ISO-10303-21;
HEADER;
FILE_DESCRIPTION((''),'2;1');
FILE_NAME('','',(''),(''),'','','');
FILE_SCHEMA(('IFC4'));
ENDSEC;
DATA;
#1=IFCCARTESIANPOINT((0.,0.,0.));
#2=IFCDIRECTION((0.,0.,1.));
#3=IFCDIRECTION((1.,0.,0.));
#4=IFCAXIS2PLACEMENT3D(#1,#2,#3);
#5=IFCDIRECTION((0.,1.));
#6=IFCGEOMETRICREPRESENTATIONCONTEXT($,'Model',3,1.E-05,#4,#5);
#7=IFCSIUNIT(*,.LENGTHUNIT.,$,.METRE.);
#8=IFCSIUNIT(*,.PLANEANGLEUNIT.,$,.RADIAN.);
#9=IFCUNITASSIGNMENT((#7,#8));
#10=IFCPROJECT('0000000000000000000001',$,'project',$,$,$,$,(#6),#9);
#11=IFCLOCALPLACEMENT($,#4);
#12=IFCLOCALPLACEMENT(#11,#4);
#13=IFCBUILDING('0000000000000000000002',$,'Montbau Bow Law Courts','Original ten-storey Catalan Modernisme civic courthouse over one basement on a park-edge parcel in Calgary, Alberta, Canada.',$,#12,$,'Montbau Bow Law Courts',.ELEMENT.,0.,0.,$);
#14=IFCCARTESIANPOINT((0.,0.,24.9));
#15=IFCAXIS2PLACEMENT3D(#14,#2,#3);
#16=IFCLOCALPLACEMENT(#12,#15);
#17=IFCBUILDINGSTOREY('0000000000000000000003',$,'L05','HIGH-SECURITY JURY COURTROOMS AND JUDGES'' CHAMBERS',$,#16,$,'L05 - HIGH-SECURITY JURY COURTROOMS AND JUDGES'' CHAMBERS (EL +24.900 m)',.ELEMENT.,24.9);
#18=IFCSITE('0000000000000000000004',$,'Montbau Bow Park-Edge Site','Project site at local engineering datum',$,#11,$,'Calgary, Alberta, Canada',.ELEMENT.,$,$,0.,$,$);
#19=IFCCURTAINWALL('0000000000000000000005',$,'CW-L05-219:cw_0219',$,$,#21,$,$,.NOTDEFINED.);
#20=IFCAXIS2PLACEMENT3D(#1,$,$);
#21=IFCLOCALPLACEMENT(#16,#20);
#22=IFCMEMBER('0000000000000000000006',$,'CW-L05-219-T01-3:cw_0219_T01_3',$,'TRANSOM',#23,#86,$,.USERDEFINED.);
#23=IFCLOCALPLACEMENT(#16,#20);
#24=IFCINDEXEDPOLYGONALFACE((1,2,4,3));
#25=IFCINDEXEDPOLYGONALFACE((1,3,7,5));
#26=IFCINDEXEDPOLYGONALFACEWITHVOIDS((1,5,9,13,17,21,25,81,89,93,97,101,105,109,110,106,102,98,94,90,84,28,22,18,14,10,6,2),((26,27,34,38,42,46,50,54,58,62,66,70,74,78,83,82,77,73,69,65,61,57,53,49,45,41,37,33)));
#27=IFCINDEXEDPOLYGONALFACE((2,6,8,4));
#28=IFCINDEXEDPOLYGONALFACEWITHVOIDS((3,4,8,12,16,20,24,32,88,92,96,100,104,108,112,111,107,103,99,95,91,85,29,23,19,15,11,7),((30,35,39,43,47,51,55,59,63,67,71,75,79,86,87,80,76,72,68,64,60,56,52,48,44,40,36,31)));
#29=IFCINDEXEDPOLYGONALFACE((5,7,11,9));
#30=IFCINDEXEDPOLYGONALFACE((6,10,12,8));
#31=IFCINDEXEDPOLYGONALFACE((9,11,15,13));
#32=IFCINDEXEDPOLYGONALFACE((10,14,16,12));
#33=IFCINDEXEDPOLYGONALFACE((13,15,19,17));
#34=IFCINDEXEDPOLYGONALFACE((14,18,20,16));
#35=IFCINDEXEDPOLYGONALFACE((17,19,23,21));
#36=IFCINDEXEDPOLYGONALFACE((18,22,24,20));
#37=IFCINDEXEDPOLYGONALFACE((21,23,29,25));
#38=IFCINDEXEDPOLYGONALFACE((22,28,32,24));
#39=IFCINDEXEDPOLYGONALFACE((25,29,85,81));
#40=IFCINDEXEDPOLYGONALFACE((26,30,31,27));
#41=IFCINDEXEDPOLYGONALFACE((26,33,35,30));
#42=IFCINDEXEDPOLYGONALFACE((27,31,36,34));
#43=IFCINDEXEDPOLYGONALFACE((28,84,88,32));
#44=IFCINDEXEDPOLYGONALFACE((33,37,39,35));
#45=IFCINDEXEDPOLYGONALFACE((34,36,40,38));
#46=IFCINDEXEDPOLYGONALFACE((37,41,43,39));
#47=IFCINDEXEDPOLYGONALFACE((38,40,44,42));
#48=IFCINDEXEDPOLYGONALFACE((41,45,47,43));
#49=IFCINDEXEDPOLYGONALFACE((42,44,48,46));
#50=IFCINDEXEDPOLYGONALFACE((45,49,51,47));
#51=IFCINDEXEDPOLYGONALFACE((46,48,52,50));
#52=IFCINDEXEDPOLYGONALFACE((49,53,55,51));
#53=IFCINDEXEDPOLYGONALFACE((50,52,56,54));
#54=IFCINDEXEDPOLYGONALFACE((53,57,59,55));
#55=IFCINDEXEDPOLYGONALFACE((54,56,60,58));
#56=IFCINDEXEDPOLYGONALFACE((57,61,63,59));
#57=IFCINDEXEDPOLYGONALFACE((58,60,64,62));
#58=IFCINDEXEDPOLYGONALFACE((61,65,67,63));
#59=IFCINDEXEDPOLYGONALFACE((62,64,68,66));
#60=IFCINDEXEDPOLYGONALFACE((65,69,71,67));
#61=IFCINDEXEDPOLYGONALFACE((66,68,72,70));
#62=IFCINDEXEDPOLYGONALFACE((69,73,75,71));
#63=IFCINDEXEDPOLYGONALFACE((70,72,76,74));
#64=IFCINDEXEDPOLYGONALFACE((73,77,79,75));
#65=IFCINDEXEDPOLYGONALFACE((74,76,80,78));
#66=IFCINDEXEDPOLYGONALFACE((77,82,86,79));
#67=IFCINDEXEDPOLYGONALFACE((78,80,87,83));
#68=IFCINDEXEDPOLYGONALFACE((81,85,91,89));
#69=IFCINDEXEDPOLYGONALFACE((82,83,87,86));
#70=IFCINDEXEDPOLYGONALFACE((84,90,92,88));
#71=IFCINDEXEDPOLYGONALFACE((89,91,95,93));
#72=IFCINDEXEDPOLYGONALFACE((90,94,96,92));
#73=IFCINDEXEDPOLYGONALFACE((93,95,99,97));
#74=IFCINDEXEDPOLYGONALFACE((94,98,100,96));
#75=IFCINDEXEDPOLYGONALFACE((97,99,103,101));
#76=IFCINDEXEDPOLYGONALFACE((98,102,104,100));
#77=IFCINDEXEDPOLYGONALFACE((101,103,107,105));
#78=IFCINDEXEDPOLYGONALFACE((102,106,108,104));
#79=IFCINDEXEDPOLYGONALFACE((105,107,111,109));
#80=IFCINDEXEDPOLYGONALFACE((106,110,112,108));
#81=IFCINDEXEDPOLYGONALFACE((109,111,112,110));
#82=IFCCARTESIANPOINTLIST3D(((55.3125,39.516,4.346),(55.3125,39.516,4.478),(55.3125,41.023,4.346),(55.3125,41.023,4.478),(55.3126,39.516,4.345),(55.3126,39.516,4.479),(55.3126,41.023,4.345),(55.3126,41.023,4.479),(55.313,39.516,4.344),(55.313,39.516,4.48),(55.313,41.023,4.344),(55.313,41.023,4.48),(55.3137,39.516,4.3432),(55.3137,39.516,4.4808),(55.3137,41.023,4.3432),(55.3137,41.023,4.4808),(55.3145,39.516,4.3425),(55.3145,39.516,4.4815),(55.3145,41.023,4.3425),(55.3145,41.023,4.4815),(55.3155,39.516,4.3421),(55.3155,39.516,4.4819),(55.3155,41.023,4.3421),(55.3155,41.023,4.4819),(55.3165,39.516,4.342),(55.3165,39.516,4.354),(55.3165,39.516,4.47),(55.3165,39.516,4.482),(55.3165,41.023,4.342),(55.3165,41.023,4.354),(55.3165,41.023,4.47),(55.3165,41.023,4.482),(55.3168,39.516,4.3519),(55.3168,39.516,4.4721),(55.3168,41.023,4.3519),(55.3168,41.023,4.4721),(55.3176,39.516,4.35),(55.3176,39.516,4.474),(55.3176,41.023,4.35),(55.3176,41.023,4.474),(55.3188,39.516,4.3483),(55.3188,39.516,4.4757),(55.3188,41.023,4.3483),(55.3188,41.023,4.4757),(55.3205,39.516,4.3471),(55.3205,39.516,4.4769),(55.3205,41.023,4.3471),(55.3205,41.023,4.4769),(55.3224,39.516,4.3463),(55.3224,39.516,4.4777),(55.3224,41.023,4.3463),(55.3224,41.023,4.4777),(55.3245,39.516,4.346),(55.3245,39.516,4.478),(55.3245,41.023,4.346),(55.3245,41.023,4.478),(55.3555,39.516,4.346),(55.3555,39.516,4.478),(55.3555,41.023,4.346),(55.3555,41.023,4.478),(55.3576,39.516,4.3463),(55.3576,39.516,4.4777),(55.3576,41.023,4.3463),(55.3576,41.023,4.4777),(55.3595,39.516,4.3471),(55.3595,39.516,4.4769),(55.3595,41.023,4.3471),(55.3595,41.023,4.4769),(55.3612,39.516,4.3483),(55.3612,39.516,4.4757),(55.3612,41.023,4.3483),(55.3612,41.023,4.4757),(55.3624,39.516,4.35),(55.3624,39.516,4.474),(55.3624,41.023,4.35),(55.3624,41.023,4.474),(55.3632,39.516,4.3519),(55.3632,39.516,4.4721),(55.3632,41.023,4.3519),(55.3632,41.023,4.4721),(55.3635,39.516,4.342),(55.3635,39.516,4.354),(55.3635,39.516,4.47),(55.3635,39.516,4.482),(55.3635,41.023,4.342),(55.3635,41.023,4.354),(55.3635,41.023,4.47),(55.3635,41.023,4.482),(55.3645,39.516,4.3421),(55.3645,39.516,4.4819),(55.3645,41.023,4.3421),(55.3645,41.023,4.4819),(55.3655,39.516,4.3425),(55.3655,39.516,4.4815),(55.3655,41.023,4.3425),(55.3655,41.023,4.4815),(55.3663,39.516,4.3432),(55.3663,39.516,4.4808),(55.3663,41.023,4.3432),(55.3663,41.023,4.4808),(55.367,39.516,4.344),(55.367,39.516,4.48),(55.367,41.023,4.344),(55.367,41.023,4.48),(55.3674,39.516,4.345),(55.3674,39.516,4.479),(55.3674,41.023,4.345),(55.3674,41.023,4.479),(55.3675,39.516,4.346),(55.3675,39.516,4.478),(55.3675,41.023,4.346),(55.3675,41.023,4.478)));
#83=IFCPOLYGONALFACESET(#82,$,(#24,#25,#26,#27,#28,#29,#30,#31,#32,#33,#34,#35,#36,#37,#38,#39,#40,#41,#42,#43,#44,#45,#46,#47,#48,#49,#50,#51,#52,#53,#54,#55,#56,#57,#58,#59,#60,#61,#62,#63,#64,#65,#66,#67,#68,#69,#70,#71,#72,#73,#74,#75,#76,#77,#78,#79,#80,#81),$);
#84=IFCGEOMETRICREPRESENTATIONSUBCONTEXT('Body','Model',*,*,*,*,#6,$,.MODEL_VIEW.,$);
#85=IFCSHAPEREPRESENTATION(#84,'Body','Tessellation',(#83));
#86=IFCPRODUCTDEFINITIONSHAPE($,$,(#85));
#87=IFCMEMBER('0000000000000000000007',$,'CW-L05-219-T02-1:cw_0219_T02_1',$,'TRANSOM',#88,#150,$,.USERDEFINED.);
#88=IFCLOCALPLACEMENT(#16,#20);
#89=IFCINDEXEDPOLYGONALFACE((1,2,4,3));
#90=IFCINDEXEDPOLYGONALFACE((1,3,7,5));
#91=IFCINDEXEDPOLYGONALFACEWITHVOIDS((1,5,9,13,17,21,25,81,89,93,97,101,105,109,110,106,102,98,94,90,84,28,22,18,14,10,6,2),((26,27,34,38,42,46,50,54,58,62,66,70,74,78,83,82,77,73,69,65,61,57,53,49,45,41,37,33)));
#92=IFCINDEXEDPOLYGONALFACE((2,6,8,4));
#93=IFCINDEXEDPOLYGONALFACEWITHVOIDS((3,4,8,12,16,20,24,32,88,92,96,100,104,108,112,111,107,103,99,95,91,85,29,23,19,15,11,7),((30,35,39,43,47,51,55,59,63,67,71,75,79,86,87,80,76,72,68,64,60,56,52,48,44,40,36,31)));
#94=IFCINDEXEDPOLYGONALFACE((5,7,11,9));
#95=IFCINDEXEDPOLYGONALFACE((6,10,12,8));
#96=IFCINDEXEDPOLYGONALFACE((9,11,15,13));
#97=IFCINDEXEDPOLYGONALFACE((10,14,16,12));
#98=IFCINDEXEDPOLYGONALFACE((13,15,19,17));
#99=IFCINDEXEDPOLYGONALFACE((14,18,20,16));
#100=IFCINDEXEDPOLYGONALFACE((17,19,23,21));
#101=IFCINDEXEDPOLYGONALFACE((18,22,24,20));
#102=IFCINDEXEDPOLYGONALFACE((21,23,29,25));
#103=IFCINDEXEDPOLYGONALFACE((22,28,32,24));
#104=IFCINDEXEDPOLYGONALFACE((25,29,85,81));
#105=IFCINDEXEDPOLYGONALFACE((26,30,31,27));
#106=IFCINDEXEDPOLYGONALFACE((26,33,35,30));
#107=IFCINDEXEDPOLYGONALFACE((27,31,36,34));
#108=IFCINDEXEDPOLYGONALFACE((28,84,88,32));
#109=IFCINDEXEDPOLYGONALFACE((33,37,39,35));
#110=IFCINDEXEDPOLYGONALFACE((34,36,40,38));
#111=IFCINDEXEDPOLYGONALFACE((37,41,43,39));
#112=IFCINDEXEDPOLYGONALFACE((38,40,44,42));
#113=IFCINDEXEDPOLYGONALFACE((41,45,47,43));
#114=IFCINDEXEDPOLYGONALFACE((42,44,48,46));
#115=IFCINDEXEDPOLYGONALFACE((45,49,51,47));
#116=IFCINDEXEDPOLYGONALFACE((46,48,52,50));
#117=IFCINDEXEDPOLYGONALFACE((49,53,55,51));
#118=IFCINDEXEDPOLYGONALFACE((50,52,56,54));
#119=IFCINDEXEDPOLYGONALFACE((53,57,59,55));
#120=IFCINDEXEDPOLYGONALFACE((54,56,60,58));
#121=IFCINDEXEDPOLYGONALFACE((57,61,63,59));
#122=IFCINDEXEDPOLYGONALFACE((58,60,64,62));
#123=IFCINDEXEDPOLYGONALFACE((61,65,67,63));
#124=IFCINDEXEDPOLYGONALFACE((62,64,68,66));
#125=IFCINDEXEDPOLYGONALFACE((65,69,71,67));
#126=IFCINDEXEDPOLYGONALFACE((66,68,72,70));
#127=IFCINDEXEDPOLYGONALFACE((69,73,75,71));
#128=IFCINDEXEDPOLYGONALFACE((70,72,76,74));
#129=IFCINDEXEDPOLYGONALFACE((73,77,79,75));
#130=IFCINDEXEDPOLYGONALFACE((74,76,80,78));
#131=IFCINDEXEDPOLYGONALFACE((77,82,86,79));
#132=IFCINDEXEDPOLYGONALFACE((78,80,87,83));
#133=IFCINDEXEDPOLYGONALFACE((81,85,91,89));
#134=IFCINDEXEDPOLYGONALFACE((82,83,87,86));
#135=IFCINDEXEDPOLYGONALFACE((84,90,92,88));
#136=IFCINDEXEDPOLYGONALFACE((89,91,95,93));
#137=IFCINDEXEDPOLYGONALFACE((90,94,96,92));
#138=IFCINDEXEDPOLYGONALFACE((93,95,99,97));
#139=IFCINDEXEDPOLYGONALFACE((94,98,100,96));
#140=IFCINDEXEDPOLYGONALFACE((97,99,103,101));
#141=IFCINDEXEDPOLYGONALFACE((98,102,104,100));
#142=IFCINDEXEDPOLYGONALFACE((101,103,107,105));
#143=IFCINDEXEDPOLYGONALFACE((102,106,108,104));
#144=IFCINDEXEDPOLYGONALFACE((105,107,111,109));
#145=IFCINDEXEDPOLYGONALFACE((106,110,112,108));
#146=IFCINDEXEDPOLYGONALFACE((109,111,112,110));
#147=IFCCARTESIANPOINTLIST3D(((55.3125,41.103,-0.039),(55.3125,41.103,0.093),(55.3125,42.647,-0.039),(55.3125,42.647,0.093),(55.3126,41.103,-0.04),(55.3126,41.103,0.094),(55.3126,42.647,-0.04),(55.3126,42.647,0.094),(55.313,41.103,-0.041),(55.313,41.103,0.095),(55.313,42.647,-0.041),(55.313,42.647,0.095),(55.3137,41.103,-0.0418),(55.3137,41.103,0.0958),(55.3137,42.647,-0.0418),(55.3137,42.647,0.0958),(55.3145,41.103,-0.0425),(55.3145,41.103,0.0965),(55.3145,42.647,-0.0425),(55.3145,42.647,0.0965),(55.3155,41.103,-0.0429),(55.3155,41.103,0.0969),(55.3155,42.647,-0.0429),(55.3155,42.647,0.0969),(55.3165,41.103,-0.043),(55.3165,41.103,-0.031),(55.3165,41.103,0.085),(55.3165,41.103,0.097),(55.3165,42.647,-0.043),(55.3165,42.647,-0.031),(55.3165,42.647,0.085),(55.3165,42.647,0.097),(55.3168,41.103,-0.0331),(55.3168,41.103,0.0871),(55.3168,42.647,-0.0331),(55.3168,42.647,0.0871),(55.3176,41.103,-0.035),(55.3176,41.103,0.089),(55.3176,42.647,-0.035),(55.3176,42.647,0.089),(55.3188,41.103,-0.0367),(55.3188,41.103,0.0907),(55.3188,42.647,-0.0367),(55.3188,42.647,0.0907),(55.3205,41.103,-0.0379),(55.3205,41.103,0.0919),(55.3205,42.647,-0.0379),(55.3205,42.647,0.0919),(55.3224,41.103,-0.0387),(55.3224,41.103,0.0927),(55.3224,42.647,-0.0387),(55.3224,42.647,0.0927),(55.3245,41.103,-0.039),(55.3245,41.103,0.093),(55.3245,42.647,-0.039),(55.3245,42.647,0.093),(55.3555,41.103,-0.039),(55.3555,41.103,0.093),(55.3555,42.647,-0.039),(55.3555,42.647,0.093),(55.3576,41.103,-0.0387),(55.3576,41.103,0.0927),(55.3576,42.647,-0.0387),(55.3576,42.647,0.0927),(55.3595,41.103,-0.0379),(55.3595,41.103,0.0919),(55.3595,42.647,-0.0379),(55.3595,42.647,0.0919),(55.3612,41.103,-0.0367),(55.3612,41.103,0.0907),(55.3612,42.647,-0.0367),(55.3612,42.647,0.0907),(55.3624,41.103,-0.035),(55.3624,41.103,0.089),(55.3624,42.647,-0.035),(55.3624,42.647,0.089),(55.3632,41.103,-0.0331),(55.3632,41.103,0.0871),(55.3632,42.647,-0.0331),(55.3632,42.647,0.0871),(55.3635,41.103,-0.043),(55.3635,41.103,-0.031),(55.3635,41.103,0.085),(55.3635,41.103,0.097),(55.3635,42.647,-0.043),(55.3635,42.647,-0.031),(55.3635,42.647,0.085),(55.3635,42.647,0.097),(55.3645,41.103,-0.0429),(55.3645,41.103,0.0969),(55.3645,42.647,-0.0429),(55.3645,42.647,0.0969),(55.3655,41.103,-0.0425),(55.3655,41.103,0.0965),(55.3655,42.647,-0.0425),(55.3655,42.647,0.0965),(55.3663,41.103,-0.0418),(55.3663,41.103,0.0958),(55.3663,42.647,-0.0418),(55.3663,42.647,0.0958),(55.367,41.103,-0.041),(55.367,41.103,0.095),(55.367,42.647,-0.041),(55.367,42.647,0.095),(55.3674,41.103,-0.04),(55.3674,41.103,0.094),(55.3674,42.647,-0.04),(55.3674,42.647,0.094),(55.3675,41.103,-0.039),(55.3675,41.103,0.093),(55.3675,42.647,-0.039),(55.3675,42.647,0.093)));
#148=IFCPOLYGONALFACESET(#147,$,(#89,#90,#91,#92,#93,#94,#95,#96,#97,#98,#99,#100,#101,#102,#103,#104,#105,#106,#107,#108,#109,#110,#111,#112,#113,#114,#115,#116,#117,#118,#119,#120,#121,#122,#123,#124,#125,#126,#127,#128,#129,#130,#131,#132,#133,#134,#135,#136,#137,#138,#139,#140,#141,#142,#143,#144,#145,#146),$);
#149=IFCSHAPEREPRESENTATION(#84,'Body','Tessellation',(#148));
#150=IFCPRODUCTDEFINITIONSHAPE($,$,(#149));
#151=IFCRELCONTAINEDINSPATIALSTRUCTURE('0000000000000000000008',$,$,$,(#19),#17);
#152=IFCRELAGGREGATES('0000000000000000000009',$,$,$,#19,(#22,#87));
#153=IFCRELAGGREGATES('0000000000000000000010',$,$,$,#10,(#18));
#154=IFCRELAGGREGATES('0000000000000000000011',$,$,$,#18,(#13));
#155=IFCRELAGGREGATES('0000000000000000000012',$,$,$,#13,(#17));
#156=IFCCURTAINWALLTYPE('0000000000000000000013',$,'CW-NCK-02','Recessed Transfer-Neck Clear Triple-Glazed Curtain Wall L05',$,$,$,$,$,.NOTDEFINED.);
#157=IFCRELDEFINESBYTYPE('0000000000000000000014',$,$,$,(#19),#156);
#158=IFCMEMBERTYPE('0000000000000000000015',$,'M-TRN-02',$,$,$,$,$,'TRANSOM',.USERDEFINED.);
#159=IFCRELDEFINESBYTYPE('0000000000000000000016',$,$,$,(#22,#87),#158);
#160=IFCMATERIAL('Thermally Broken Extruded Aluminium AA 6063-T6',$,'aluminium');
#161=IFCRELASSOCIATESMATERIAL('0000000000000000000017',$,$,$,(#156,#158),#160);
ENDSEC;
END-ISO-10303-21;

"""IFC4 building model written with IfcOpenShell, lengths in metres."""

from ifc_helpers import new_model, si_unit, direction, frame, origin_with_axes, origin_2d_with_axis, place, context, subcontext, project, spatial, hollow_rectangle, extrude, material, material_profile, profile_set, type_object, element, aggregate, save


model = new_model("IFC4")

# Units and contexts
model_context = context("Model", 3, precision=1e-05, world=origin_with_axes(), true_north=direction((0.0, 1.0)))
body_context = subcontext(model_context, "Body", "Model", "MODEL_VIEW")
ifc_project = project(units=[si_unit("LENGTHUNIT", "METRE"), si_unit("PLANEANGLEUNIT", "RADIAN")], contexts=[model_context])

# Site, building, storey
site_placement = place(None, origin_with_axes())
site = spatial("IfcSite", under=ifc_project, at=site_placement, Name="Montbau Bow Park-Edge Site", Description="Project site at local engineering datum", LongName="Calgary, Alberta, Canada", CompositionType="ELEMENT", RefElevation=0.0)
building_placement = place(site_placement, origin_with_axes())
building = spatial("IfcBuilding", under=site, at=building_placement, Name="Montbau Bow Law Courts", Description="Original ten-storey Catalan Modernisme civic courthouse over one basement on a park-edge parcel in Calgary, Alberta, Canada.", LongName="Montbau Bow Law Courts", CompositionType="ELEMENT", ElevationOfRefHeight=0.0, ElevationOfTerrain=0.0)
storey_placement = place(building_placement, frame((0.0, 0.0, 24.9), z_axis=(0.0, 0.0, 1.0), x_axis=(1.0, 0.0, 0.0)))
storey = spatial("IfcBuildingStorey", under=building, at=storey_placement, Name="L05", Description="HIGH-SECURITY JURY COURTROOMS AND JUDGES' CHAMBERS", LongName="L05 - HIGH-SECURITY JURY COURTROOMS AND JUDGES' CHAMBERS (EL +24.900 m)", CompositionType="ELEMENT", Elevation=24.9)

# Curtain wall, members
ifc_material_1 = material(Name="Thermally Broken Extruded Aluminium AA 6063-T6", Category="aluminium")
curtain_wall_type = type_object("IfcCurtainWallType", Name="CW-NCK-02", Description="Recessed Transfer-Neck Clear Triple-Glazed Curtain Wall L05", PredefinedType="NOTDEFINED", material=ifc_material_1)
curtain_wall_placement = place(None, frame((55.34, 39.44, 24.9), z_axis=(0.0, 0.0, 1.0), x_axis=(1.0, 0.0, 0.0)))
curtain_wall = element("IfcCurtainWall", 1, at=curtain_wall_placement, inside=storey, type_object=curtain_wall_type, Name="CW-L05-219:cw_0219", PredefinedType="NOTDEFINED")
ifc_material_profile_1 = material_profile(ifc_material_1, hollow_rectangle(XDim=0.055, YDim=0.14, WallThickness=0.004, InnerFilletRadius=0.008, OuterFilletRadius=0.004, at=origin_2d_with_axis()), Name="CWT-140X55", Category="Main", Priority=0)
ifc_profile_set_1 = profile_set([ifc_material_profile_1], Name="Thermally Broken Extruded Aluminium AA 6063-T6")
member_type_1 = type_object("IfcMemberType", Name="M-TRN-02", ElementType="TRANSOM", PredefinedType="USERDEFINED", material=ifc_profile_set_1)
member_1_placement = place(None, frame((55.34, 39.516, 29.312), z_axis=(0.0, 1.0, 0.0), x_axis=(-1.0, 0.0, 0.0)))
member_1 = element("IfcMember", 2, at=member_1_placement, type_object=member_type_1, Name="CW-L05-219-T01-3:cw_0219_T01_3", ObjectType="TRANSOM", PredefinedType="USERDEFINED", context=body_context, shape_type="SweptSolid", body=[
    extrude(hollow_rectangle(XDim=0.055, YDim=0.14, WallThickness=0.004, InnerFilletRadius=0.008, OuterFilletRadius=0.004, at=origin_2d_with_axis()), origin_with_axes(), (0.0, 0.0, 1.0), 1.507),
])
member_2_placement = place(None, frame((55.34, 41.103, 24.927), z_axis=(0.0, 1.0, 0.0), x_axis=(-1.0, 0.0, 0.0)))
member_2 = element("IfcMember", 3, at=member_2_placement, type_object=member_type_1, Name="CW-L05-219-T02-1:cw_0219_T02_1", ObjectType="TRANSOM", PredefinedType="USERDEFINED", context=body_context, shape_type="SweptSolid", body=[
    extrude(hollow_rectangle(XDim=0.055, YDim=0.14, WallThickness=0.004, InnerFilletRadius=0.008, OuterFilletRadius=0.004, at=origin_2d_with_axis()), origin_with_axes(), (0.0, 0.0, 1.0), 1.544),
])
aggregate(curtain_wall, [member_1, member_2])

save(model, "model.ifc")
